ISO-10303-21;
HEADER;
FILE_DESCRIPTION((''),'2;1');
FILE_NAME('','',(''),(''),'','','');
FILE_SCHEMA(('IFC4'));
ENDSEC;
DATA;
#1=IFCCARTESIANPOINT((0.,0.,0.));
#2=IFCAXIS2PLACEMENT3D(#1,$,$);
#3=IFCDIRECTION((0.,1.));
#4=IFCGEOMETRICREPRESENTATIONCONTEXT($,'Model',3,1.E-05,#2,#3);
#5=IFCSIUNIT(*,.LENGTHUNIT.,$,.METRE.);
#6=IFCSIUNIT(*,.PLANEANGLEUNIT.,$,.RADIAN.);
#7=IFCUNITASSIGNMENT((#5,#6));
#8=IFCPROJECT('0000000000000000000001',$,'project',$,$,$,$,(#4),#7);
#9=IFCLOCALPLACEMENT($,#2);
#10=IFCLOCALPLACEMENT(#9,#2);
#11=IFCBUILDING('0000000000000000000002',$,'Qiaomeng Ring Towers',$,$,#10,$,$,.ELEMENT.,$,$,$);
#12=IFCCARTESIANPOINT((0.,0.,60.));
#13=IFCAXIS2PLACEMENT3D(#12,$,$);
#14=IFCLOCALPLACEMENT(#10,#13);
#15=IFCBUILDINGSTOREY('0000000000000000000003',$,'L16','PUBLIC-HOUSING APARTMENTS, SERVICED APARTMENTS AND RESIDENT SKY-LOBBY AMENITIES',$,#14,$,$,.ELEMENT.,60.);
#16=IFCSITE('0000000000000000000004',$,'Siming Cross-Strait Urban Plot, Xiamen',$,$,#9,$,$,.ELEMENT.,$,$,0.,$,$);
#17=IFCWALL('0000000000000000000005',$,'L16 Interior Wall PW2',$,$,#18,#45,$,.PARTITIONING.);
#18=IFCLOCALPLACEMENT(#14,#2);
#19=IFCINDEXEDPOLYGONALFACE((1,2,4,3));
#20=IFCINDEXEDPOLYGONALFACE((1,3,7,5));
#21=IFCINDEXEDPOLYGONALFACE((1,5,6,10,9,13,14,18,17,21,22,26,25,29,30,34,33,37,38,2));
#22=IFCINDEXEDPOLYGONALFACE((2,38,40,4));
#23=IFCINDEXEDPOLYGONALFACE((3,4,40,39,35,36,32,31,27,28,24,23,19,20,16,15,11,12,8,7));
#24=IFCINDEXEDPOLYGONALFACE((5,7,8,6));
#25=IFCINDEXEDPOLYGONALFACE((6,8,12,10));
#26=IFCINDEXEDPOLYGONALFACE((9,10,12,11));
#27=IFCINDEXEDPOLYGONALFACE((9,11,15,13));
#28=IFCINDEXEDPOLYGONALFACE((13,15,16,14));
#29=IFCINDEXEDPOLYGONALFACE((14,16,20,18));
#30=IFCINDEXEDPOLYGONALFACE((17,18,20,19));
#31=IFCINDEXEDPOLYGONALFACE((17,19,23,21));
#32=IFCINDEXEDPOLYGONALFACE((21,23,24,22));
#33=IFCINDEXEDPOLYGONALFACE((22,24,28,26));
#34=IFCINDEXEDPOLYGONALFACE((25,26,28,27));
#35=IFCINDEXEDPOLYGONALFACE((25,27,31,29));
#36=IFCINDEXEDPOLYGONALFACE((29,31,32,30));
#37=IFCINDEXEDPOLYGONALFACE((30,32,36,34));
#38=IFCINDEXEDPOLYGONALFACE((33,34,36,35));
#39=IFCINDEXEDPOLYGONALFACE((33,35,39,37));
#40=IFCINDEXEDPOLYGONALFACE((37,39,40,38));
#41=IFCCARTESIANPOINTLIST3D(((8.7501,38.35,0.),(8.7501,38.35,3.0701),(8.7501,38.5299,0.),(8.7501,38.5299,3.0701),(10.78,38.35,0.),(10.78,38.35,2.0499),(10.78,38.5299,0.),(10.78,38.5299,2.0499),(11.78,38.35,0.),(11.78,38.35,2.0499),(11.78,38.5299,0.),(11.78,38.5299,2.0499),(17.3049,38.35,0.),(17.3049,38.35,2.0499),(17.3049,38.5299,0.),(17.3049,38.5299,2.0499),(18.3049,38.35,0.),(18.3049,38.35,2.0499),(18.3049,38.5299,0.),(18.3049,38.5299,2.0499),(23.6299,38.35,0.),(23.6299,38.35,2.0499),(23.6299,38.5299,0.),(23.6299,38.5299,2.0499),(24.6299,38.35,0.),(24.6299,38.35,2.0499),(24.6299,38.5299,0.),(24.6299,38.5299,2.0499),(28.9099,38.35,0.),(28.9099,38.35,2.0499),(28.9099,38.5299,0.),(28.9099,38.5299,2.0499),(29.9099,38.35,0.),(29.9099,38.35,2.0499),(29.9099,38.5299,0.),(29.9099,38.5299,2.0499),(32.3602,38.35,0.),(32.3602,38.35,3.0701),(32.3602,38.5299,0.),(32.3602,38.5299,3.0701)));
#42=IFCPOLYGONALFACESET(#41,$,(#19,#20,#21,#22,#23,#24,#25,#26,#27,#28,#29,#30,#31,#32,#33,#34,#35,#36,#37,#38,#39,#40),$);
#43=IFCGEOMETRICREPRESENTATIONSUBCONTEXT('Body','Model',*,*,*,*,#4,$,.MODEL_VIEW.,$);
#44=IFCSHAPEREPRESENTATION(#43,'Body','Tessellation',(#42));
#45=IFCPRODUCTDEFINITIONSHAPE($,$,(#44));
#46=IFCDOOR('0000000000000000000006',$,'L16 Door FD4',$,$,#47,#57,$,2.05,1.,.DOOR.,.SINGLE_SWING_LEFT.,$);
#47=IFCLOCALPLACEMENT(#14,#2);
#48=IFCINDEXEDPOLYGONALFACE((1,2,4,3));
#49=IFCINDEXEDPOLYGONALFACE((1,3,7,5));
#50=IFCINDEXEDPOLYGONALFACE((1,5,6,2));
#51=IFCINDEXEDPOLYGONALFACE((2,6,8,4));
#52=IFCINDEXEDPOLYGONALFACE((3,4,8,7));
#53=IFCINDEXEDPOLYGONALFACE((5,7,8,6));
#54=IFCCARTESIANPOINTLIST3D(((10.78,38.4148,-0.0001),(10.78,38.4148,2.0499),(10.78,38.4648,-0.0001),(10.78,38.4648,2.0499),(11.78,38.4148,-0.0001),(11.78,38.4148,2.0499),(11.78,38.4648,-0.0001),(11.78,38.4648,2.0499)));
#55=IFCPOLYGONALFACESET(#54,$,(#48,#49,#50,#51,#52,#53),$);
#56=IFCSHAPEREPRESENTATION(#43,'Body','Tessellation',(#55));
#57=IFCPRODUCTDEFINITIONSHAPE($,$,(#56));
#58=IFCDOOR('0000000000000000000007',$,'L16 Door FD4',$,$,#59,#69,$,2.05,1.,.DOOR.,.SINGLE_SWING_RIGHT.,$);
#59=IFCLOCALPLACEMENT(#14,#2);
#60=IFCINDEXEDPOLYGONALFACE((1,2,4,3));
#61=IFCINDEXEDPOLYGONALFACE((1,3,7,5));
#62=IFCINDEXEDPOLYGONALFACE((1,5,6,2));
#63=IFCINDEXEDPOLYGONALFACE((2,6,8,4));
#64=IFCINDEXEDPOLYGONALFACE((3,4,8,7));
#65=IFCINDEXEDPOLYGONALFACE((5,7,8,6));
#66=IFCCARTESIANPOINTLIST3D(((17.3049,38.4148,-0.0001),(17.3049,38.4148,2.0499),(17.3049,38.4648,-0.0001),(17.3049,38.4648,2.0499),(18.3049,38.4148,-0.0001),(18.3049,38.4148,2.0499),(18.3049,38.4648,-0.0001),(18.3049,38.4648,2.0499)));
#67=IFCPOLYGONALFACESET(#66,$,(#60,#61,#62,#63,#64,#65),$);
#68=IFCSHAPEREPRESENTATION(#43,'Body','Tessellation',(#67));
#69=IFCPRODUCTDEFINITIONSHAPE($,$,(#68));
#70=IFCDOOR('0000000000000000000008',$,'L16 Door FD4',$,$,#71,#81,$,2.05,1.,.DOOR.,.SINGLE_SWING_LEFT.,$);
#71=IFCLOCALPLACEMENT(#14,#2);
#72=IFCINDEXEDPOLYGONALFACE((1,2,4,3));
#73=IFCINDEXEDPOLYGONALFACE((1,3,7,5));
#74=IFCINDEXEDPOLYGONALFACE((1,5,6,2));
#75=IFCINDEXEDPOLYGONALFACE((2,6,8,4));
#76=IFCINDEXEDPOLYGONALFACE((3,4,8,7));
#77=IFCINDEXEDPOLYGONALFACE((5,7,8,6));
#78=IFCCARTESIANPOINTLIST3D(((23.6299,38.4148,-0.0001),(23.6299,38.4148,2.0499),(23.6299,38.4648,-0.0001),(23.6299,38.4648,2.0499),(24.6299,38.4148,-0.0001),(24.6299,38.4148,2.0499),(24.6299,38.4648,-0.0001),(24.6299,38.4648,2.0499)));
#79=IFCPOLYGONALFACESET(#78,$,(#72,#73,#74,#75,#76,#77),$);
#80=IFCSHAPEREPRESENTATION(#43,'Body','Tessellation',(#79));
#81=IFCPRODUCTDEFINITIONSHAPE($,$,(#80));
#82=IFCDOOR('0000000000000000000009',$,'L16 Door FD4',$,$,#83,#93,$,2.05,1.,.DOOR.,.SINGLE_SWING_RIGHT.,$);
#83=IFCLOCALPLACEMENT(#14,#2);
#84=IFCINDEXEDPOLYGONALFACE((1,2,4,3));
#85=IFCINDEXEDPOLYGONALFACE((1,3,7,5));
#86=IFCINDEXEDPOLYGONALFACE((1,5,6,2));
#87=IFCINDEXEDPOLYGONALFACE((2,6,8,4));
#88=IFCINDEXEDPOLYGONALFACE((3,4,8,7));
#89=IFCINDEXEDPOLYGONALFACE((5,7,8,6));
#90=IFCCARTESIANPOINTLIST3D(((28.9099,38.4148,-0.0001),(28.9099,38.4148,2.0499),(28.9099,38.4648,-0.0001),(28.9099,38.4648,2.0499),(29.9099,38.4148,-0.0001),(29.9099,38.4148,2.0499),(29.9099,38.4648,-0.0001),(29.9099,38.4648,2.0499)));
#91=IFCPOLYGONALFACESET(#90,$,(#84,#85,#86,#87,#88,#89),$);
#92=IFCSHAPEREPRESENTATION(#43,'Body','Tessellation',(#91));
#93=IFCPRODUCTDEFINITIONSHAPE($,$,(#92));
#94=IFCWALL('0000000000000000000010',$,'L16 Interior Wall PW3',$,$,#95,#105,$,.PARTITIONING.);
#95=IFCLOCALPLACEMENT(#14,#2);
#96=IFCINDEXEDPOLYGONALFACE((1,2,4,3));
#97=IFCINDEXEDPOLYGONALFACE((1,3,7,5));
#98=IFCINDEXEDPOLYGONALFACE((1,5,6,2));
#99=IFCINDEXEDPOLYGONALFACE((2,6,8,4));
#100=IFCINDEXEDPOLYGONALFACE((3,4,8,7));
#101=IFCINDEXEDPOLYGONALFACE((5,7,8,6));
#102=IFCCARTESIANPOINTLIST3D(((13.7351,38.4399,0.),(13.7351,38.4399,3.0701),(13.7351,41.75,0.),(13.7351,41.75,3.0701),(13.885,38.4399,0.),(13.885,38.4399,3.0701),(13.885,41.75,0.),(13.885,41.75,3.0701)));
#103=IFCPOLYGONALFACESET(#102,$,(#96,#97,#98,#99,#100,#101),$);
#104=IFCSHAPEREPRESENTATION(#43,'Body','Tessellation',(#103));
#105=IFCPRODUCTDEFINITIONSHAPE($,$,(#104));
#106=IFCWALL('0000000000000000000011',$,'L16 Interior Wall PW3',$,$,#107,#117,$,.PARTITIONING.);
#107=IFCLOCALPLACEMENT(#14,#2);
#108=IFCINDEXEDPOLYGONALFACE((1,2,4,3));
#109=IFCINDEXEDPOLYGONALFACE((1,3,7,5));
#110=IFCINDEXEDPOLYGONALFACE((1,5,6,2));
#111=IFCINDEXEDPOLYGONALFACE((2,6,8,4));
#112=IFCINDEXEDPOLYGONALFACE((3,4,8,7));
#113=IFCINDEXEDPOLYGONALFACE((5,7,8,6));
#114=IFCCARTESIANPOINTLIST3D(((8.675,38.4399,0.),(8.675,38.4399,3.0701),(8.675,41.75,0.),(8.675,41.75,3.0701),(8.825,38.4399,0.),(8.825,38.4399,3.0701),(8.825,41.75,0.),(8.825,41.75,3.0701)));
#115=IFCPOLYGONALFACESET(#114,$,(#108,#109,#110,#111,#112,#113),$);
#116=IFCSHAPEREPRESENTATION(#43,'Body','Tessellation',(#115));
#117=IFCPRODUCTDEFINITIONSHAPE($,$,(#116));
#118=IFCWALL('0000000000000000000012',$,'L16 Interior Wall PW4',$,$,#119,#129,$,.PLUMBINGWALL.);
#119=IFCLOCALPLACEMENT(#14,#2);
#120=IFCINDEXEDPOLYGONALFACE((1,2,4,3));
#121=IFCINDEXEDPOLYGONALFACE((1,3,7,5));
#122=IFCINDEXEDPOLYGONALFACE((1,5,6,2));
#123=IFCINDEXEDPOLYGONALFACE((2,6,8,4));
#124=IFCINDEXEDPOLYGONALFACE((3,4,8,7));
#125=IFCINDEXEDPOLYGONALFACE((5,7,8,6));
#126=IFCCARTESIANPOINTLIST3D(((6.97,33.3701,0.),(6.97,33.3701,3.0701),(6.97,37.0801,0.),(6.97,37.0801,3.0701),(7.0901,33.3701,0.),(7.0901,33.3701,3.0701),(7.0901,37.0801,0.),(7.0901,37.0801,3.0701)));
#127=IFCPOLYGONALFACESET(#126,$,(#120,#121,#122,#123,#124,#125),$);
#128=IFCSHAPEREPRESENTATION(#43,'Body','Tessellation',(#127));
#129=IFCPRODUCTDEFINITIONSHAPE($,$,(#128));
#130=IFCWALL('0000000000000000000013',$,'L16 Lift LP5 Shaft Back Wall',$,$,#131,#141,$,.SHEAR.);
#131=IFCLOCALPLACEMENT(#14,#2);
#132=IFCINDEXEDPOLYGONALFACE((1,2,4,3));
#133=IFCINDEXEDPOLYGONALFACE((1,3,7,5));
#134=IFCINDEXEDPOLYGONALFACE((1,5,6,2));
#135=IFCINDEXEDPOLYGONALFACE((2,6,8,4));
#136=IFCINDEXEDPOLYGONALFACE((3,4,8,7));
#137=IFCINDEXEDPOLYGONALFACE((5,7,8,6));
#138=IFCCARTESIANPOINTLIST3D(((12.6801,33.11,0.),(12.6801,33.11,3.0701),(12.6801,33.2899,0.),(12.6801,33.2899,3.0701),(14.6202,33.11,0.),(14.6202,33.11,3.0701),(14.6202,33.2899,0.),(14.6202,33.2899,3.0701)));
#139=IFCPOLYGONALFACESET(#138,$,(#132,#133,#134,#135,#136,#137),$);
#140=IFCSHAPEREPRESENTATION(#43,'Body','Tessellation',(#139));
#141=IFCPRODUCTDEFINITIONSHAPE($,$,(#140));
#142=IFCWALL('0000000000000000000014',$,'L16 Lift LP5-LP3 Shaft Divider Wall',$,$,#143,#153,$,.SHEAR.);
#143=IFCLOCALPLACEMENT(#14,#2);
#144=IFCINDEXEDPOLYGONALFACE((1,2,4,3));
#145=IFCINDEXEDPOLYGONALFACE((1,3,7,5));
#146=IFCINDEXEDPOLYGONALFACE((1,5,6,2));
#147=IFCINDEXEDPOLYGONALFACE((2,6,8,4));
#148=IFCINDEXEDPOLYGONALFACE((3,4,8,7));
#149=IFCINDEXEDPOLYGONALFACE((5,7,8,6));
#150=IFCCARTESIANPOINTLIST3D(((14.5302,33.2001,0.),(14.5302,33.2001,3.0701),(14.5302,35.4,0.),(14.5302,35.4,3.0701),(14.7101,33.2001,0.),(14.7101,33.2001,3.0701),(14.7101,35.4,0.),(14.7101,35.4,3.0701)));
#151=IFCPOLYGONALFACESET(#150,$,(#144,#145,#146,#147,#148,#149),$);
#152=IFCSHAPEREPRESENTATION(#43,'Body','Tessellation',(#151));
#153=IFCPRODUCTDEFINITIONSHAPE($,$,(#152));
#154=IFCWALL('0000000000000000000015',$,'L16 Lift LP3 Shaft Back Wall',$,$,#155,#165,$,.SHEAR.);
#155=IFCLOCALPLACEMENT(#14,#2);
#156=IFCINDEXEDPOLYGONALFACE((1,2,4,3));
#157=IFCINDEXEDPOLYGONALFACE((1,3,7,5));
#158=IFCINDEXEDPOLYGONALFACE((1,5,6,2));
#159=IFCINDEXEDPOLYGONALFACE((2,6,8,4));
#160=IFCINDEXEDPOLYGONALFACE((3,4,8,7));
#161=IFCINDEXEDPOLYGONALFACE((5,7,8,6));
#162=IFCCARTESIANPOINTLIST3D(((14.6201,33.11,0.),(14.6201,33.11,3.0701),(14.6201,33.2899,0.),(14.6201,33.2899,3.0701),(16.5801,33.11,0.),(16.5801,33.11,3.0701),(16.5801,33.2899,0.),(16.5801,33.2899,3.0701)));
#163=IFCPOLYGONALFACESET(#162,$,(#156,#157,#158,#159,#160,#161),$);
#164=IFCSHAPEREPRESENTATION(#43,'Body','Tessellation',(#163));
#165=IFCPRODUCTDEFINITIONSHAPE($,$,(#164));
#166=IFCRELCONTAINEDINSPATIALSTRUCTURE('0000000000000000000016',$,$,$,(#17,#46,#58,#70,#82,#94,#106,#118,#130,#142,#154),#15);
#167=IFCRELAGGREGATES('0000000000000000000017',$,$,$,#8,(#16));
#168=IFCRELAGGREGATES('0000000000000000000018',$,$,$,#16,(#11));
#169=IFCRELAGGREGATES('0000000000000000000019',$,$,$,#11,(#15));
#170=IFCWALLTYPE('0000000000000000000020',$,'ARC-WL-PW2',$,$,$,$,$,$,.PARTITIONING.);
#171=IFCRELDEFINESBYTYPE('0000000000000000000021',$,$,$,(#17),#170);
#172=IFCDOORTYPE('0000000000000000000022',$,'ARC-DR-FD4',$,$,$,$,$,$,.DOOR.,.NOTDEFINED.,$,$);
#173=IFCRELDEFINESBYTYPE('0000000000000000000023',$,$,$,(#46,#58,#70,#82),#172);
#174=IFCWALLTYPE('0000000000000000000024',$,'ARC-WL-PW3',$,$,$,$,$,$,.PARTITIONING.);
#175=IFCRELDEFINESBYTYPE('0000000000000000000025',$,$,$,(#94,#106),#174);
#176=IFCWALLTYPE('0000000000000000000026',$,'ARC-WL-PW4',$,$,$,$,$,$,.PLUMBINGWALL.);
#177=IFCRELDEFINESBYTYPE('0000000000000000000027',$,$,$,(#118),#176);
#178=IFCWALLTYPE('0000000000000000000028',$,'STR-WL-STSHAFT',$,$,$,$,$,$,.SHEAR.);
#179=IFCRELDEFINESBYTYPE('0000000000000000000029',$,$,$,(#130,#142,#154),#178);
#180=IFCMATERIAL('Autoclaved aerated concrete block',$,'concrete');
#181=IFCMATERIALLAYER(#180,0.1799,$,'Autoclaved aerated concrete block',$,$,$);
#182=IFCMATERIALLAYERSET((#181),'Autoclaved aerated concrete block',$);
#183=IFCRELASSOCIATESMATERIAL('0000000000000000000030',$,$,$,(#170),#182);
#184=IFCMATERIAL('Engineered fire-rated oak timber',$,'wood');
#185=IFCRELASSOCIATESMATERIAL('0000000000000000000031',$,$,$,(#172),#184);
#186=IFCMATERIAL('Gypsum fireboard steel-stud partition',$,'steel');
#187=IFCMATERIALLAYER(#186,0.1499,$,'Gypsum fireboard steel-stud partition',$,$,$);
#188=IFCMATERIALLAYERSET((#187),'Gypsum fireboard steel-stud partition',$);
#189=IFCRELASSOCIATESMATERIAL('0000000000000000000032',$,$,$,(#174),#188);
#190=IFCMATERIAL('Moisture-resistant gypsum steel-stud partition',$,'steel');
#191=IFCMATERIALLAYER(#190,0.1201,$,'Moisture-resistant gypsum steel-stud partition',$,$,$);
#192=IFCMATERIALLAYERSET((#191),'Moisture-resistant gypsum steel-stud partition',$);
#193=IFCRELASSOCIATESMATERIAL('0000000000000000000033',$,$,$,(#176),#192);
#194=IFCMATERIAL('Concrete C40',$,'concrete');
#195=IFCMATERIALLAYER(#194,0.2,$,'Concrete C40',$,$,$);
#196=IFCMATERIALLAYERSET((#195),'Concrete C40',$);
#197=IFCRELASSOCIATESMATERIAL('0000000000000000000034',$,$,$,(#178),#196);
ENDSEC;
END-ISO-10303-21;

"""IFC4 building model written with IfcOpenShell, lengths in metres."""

from ifc_helpers import new_model, si_unit, direction, frame, frame_2d, origin, place, context, subcontext, project, spatial, rectangle, extrude, source, transform, mapped, material, layer, layer_set, type_object, element, fill, save


model = new_model("IFC4")

# Units and contexts
model_context = context("Model", 3, precision=1e-05, world=origin(), true_north=direction((0.0, 1.0)))
body_context = subcontext(model_context, "Body", "Model", "MODEL_VIEW")
ifc_project = project(units=[si_unit("LENGTHUNIT", "METRE"), si_unit("PLANEANGLEUNIT", "RADIAN")], contexts=[model_context])

# Site, building, storey
site_placement = place(None, origin())
site = spatial("IfcSite", under=ifc_project, at=site_placement, Name="Siming Cross-Strait Urban Plot, Xiamen", CompositionType="ELEMENT", RefElevation=0.0)
building_placement = place(site_placement, origin())
building = spatial("IfcBuilding", under=site, at=building_placement, Name="Qiaomeng Ring Towers", CompositionType="ELEMENT")
storey_placement = place(building_placement, frame((0.0, 0.0, 60.0)))
storey = spatial("IfcBuildingStorey", under=building, at=storey_placement, Name="L16", Description="PUBLIC-HOUSING APARTMENTS, SERVICED APARTMENTS AND RESIDENT SKY-LOBBY AMENITIES", CompositionType="ELEMENT", Elevation=60.0)

# Shared definitions
ifc_material_1 = material(Name="Autoclaved aerated concrete block", Category="concrete")

# Wall, openings, doors
ifc_layer_1 = layer(ifc_material_1, 0.1799, Name="Autoclaved aerated concrete block")
ifc_layer_set_1 = layer_set([ifc_layer_1], Name="Autoclaved aerated concrete block")
wall_type_1 = type_object("IfcWallType", Name="ARC-WL-PW2", PredefinedType="PARTITIONING", material=ifc_layer_set_1)
wall_1_placement = place(storey_placement, frame((8.75, 38.4399, 0.0), z_axis=(0.0, 0.0, 1.0), x_axis=(1.0, 0.0, 0.0)))
wall_1 = element("IfcWall", 1, at=wall_1_placement, inside=storey, type_object=wall_type_1, Name="L16 Interior Wall PW2", PredefinedType="PARTITIONING", context=body_context, shape_type="SweptSolid", body=[
    extrude(rectangle(XDim=23.6101, YDim=0.1799, at=frame_2d((11.8052, 0.0))), origin(), (0.0, 0.0, 1.0), 3.0701),
])
opening_1_placement = place(wall_1_placement, frame((2.03, 0.0, 0.0)))
opening_1 = element("IfcOpeningElement", 2, at=opening_1_placement, cuts=wall_1, PredefinedType="OPENING", context=body_context, shape_type="SweptSolid", body=[
    extrude(rectangle(XDim=1.0, YDim=2.05, at=frame_2d((0.5, 1.0249))), frame((0.0, 0.0999, 0.0), z_axis=(0.0, -1.0, 0.0), x_axis=(1.0, 0.0, 0.0)), (0.0, 0.0, 1.0), 0.2),
])
opening_2_placement = place(wall_1_placement, frame((8.5549, 0.0, 0.0)))
opening_2 = element("IfcOpeningElement", 3, at=opening_2_placement, cuts=wall_1, PredefinedType="OPENING", context=body_context, shape_type="SweptSolid", body=[
    extrude(rectangle(XDim=1.0, YDim=2.05, at=frame_2d((0.5, 1.0249))), frame((0.0, 0.0999, 0.0), z_axis=(0.0, -1.0, 0.0), x_axis=(1.0, 0.0, 0.0)), (0.0, 0.0, 1.0), 0.2),
])
opening_3_placement = place(wall_1_placement, frame((14.8799, 0.0, 0.0)))
opening_3 = element("IfcOpeningElement", 4, at=opening_3_placement, cuts=wall_1, PredefinedType="OPENING", context=body_context, shape_type="SweptSolid", body=[
    extrude(rectangle(XDim=1.0, YDim=2.05, at=frame_2d((0.5, 1.0249))), frame((0.0, 0.0999, 0.0), z_axis=(0.0, -1.0, 0.0), x_axis=(1.0, 0.0, 0.0)), (0.0, 0.0, 1.0), 0.2),
])
opening_4_placement = place(wall_1_placement, frame((20.1599, 0.0, 0.0)))
opening_4 = element("IfcOpeningElement", 5, at=opening_4_placement, cuts=wall_1, PredefinedType="OPENING", context=body_context, shape_type="SweptSolid", body=[
    extrude(rectangle(XDim=1.0, YDim=2.05, at=frame_2d((0.5, 1.0249))), frame((0.0, 0.0999, 0.0), z_axis=(0.0, -1.0, 0.0), x_axis=(1.0, 0.0, 0.0)), (0.0, 0.0, 1.0), 0.2),
])
ifc_material_2 = material(Name="Engineered fire-rated oak timber", Category="wood")
door_type_1 = type_object("IfcDoorType", Name="ARC-DR-FD4", OperationType="NOTDEFINED", PredefinedType="DOOR", material=ifc_material_2)
shared_shape_1 = source(origin(), body_context, "Body", "SweptSolid", [
    extrude(rectangle(XDim=1.0, YDim=2.05, at=frame_2d((0.5, 1.0249))), frame((0.0, 0.0249, 0.0), z_axis=(0.0, -1.0, 0.0), x_axis=(1.0, 0.0, 0.0)), (0.0, 0.0, 1.0), 0.05),
])
door_1_placement = place(opening_1_placement, origin())
door_1 = element("IfcDoor", 6, at=door_1_placement, inside=storey, type_object=door_type_1, Name="L16 Door FD4", OperationType="SINGLE_SWING_LEFT", OverallHeight=2.05, OverallWidth=1.0, PredefinedType="DOOR", context=body_context, shape_type="MappedRepresentation", body=[
    mapped(shared_shape_1, transform((0.0, 0.0, 0.0), x_axis=(1.0, 0.0, 0.0), y_axis=(0.0, 1.0, 0.0), z_axis=(0.0, 0.0, 1.0), scale=1.0)),
])
fill(opening_1, door_1)
door_2_placement = place(opening_2_placement, origin())
door_2 = element("IfcDoor", 7, at=door_2_placement, inside=storey, type_object=door_type_1, Name="L16 Door FD4", OperationType="SINGLE_SWING_RIGHT", OverallHeight=2.05, OverallWidth=1.0, PredefinedType="DOOR", context=body_context, shape_type="MappedRepresentation", body=[
    mapped(shared_shape_1, transform((0.0, 0.0, 0.0), x_axis=(1.0, 0.0, 0.0), y_axis=(0.0, 1.0, 0.0), z_axis=(0.0, 0.0, 1.0), scale=1.0)),
])
fill(opening_2, door_2)
door_3_placement = place(opening_3_placement, origin())
door_3 = element("IfcDoor", 8, at=door_3_placement, inside=storey, type_object=door_type_1, Name="L16 Door FD4", OperationType="SINGLE_SWING_LEFT", OverallHeight=2.05, OverallWidth=1.0, PredefinedType="DOOR", context=body_context, shape_type="MappedRepresentation", body=[
    mapped(shared_shape_1, transform((0.0, 0.0, 0.0), x_axis=(1.0, 0.0, 0.0), y_axis=(0.0, 1.0, 0.0), z_axis=(0.0, 0.0, 1.0), scale=1.0)),
])
fill(opening_3, door_3)
door_4_placement = place(opening_4_placement, origin())
door_4 = element("IfcDoor", 9, at=door_4_placement, inside=storey, type_object=door_type_1, Name="L16 Door FD4", OperationType="SINGLE_SWING_RIGHT", OverallHeight=2.05, OverallWidth=1.0, PredefinedType="DOOR", context=body_context, shape_type="MappedRepresentation", body=[
    mapped(shared_shape_1, transform((0.0, 0.0, 0.0), x_axis=(1.0, 0.0, 0.0), y_axis=(0.0, 1.0, 0.0), z_axis=(0.0, 0.0, 1.0), scale=1.0)),
])
fill(opening_4, door_4)

# Walls
ifc_material_3 = material(Name="Gypsum fireboard steel-stud partition", Category="steel")
ifc_layer_2 = layer(ifc_material_3, 0.1499, Name="Gypsum fireboard steel-stud partition")
ifc_layer_set_2 = layer_set([ifc_layer_2], Name="Gypsum fireboard steel-stud partition")
wall_type_2 = type_object("IfcWallType", Name="ARC-WL-PW3", PredefinedType="PARTITIONING", material=ifc_layer_set_2)
for number, where, z_axis, x_axis, name in (
    (10, (13.8101, 38.4399, 0.0), (0.0, 0.0, 1.0), (0.0, 1.0, 0.0), "L16 Interior Wall PW3"),
    (11, (8.75, 38.4399, 0.0), (0.0, 0.0, 1.0), (0.0, 1.0, 0.0), "L16 Interior Wall PW3"),
):
    element("IfcWall", number, at=place(storey_placement, frame(where, z_axis=z_axis, x_axis=x_axis)), inside=storey, type_object=wall_type_2, Name=name, PredefinedType="PARTITIONING", context=body_context, shape_type="SweptSolid", body=[
        extrude(rectangle(XDim=3.3101, YDim=0.1499, at=frame_2d((1.655, 0.0))), origin(), (0.0, 0.0, 1.0), 3.0701),
    ])
ifc_material_4 = material(Name="Moisture-resistant gypsum steel-stud partition", Category="steel")
ifc_layer_3 = layer(ifc_material_4, 0.1201, Name="Moisture-resistant gypsum steel-stud partition")
ifc_layer_set_3 = layer_set([ifc_layer_3], Name="Moisture-resistant gypsum steel-stud partition")
wall_type_3 = type_object("IfcWallType", Name="ARC-WL-PW4", PredefinedType="PLUMBINGWALL", material=ifc_layer_set_3)
wall_2_placement = place(storey_placement, frame((7.03, 33.3701, 0.0), z_axis=(0.0, 0.0, 1.0), x_axis=(0.0, 1.0, 0.0)))
element("IfcWall", 12, at=wall_2_placement, inside=storey, type_object=wall_type_3, Name="L16 Interior Wall PW4", PredefinedType="PLUMBINGWALL", context=body_context, shape_type="SweptSolid", body=[
    extrude(rectangle(XDim=3.71, YDim=0.1201, at=frame_2d((1.855, 0.0))), origin(), (0.0, 0.0, 1.0), 3.0701),
])
ifc_material_5 = material(Name="Concrete C40", Category="concrete")
ifc_layer_4 = layer(ifc_material_5, 0.2, Name="Concrete C40")
ifc_layer_set_4 = layer_set([ifc_layer_4], Name="Concrete C40")
wall_type_4 = type_object("IfcWallType", Name="STR-WL-STSHAFT", PredefinedType="SHEAR", material=ifc_layer_set_4)
wall_3_placement = place(storey_placement, frame((12.6799, 33.2, 0.0), z_axis=(0.0, 0.0, 1.0), x_axis=(1.0, 0.0, 0.0)))
element("IfcWall", 13, at=wall_3_placement, inside=storey, type_object=wall_type_4, Name="L16 Lift LP5 Shaft Back Wall", PredefinedType="SHEAR", context=body_context, shape_type="SweptSolid", body=[
    extrude(rectangle(XDim=1.9402, YDim=0.1799, at=frame_2d((0.9702, 0.0))), origin(), (0.0, 0.0, 1.0), 3.0701),
])
wall_4_placement = place(storey_placement, frame((14.6201, 33.2, 0.0), z_axis=(0.0, 0.0, 1.0), x_axis=(0.0, 1.0, 0.0)))
element("IfcWall", 14, at=wall_4_placement, inside=storey, type_object=wall_type_4, Name="L16 Lift LP5-LP3 Shaft Divider Wall", PredefinedType="SHEAR", context=body_context, shape_type="SweptSolid", body=[
    extrude(rectangle(XDim=2.2, YDim=0.1799, at=frame_2d((1.1001, 0.0))), origin(), (0.0, 0.0, 1.0), 3.0701),
])
wall_5_placement = place(storey_placement, frame((14.6201, 33.2, 0.0), z_axis=(0.0, 0.0, 1.0), x_axis=(1.0, 0.0, 0.0)))
element("IfcWall", 15, at=wall_5_placement, inside=storey, type_object=wall_type_4, Name="L16 Lift LP3 Shaft Back Wall", PredefinedType="SHEAR", context=body_context, shape_type="SweptSolid", body=[
    extrude(rectangle(XDim=1.96, YDim=0.1799, at=frame_2d((0.98, 0.0))), origin(), (0.0, 0.0, 1.0), 3.0701),
])

save(model, "model.ifc")
